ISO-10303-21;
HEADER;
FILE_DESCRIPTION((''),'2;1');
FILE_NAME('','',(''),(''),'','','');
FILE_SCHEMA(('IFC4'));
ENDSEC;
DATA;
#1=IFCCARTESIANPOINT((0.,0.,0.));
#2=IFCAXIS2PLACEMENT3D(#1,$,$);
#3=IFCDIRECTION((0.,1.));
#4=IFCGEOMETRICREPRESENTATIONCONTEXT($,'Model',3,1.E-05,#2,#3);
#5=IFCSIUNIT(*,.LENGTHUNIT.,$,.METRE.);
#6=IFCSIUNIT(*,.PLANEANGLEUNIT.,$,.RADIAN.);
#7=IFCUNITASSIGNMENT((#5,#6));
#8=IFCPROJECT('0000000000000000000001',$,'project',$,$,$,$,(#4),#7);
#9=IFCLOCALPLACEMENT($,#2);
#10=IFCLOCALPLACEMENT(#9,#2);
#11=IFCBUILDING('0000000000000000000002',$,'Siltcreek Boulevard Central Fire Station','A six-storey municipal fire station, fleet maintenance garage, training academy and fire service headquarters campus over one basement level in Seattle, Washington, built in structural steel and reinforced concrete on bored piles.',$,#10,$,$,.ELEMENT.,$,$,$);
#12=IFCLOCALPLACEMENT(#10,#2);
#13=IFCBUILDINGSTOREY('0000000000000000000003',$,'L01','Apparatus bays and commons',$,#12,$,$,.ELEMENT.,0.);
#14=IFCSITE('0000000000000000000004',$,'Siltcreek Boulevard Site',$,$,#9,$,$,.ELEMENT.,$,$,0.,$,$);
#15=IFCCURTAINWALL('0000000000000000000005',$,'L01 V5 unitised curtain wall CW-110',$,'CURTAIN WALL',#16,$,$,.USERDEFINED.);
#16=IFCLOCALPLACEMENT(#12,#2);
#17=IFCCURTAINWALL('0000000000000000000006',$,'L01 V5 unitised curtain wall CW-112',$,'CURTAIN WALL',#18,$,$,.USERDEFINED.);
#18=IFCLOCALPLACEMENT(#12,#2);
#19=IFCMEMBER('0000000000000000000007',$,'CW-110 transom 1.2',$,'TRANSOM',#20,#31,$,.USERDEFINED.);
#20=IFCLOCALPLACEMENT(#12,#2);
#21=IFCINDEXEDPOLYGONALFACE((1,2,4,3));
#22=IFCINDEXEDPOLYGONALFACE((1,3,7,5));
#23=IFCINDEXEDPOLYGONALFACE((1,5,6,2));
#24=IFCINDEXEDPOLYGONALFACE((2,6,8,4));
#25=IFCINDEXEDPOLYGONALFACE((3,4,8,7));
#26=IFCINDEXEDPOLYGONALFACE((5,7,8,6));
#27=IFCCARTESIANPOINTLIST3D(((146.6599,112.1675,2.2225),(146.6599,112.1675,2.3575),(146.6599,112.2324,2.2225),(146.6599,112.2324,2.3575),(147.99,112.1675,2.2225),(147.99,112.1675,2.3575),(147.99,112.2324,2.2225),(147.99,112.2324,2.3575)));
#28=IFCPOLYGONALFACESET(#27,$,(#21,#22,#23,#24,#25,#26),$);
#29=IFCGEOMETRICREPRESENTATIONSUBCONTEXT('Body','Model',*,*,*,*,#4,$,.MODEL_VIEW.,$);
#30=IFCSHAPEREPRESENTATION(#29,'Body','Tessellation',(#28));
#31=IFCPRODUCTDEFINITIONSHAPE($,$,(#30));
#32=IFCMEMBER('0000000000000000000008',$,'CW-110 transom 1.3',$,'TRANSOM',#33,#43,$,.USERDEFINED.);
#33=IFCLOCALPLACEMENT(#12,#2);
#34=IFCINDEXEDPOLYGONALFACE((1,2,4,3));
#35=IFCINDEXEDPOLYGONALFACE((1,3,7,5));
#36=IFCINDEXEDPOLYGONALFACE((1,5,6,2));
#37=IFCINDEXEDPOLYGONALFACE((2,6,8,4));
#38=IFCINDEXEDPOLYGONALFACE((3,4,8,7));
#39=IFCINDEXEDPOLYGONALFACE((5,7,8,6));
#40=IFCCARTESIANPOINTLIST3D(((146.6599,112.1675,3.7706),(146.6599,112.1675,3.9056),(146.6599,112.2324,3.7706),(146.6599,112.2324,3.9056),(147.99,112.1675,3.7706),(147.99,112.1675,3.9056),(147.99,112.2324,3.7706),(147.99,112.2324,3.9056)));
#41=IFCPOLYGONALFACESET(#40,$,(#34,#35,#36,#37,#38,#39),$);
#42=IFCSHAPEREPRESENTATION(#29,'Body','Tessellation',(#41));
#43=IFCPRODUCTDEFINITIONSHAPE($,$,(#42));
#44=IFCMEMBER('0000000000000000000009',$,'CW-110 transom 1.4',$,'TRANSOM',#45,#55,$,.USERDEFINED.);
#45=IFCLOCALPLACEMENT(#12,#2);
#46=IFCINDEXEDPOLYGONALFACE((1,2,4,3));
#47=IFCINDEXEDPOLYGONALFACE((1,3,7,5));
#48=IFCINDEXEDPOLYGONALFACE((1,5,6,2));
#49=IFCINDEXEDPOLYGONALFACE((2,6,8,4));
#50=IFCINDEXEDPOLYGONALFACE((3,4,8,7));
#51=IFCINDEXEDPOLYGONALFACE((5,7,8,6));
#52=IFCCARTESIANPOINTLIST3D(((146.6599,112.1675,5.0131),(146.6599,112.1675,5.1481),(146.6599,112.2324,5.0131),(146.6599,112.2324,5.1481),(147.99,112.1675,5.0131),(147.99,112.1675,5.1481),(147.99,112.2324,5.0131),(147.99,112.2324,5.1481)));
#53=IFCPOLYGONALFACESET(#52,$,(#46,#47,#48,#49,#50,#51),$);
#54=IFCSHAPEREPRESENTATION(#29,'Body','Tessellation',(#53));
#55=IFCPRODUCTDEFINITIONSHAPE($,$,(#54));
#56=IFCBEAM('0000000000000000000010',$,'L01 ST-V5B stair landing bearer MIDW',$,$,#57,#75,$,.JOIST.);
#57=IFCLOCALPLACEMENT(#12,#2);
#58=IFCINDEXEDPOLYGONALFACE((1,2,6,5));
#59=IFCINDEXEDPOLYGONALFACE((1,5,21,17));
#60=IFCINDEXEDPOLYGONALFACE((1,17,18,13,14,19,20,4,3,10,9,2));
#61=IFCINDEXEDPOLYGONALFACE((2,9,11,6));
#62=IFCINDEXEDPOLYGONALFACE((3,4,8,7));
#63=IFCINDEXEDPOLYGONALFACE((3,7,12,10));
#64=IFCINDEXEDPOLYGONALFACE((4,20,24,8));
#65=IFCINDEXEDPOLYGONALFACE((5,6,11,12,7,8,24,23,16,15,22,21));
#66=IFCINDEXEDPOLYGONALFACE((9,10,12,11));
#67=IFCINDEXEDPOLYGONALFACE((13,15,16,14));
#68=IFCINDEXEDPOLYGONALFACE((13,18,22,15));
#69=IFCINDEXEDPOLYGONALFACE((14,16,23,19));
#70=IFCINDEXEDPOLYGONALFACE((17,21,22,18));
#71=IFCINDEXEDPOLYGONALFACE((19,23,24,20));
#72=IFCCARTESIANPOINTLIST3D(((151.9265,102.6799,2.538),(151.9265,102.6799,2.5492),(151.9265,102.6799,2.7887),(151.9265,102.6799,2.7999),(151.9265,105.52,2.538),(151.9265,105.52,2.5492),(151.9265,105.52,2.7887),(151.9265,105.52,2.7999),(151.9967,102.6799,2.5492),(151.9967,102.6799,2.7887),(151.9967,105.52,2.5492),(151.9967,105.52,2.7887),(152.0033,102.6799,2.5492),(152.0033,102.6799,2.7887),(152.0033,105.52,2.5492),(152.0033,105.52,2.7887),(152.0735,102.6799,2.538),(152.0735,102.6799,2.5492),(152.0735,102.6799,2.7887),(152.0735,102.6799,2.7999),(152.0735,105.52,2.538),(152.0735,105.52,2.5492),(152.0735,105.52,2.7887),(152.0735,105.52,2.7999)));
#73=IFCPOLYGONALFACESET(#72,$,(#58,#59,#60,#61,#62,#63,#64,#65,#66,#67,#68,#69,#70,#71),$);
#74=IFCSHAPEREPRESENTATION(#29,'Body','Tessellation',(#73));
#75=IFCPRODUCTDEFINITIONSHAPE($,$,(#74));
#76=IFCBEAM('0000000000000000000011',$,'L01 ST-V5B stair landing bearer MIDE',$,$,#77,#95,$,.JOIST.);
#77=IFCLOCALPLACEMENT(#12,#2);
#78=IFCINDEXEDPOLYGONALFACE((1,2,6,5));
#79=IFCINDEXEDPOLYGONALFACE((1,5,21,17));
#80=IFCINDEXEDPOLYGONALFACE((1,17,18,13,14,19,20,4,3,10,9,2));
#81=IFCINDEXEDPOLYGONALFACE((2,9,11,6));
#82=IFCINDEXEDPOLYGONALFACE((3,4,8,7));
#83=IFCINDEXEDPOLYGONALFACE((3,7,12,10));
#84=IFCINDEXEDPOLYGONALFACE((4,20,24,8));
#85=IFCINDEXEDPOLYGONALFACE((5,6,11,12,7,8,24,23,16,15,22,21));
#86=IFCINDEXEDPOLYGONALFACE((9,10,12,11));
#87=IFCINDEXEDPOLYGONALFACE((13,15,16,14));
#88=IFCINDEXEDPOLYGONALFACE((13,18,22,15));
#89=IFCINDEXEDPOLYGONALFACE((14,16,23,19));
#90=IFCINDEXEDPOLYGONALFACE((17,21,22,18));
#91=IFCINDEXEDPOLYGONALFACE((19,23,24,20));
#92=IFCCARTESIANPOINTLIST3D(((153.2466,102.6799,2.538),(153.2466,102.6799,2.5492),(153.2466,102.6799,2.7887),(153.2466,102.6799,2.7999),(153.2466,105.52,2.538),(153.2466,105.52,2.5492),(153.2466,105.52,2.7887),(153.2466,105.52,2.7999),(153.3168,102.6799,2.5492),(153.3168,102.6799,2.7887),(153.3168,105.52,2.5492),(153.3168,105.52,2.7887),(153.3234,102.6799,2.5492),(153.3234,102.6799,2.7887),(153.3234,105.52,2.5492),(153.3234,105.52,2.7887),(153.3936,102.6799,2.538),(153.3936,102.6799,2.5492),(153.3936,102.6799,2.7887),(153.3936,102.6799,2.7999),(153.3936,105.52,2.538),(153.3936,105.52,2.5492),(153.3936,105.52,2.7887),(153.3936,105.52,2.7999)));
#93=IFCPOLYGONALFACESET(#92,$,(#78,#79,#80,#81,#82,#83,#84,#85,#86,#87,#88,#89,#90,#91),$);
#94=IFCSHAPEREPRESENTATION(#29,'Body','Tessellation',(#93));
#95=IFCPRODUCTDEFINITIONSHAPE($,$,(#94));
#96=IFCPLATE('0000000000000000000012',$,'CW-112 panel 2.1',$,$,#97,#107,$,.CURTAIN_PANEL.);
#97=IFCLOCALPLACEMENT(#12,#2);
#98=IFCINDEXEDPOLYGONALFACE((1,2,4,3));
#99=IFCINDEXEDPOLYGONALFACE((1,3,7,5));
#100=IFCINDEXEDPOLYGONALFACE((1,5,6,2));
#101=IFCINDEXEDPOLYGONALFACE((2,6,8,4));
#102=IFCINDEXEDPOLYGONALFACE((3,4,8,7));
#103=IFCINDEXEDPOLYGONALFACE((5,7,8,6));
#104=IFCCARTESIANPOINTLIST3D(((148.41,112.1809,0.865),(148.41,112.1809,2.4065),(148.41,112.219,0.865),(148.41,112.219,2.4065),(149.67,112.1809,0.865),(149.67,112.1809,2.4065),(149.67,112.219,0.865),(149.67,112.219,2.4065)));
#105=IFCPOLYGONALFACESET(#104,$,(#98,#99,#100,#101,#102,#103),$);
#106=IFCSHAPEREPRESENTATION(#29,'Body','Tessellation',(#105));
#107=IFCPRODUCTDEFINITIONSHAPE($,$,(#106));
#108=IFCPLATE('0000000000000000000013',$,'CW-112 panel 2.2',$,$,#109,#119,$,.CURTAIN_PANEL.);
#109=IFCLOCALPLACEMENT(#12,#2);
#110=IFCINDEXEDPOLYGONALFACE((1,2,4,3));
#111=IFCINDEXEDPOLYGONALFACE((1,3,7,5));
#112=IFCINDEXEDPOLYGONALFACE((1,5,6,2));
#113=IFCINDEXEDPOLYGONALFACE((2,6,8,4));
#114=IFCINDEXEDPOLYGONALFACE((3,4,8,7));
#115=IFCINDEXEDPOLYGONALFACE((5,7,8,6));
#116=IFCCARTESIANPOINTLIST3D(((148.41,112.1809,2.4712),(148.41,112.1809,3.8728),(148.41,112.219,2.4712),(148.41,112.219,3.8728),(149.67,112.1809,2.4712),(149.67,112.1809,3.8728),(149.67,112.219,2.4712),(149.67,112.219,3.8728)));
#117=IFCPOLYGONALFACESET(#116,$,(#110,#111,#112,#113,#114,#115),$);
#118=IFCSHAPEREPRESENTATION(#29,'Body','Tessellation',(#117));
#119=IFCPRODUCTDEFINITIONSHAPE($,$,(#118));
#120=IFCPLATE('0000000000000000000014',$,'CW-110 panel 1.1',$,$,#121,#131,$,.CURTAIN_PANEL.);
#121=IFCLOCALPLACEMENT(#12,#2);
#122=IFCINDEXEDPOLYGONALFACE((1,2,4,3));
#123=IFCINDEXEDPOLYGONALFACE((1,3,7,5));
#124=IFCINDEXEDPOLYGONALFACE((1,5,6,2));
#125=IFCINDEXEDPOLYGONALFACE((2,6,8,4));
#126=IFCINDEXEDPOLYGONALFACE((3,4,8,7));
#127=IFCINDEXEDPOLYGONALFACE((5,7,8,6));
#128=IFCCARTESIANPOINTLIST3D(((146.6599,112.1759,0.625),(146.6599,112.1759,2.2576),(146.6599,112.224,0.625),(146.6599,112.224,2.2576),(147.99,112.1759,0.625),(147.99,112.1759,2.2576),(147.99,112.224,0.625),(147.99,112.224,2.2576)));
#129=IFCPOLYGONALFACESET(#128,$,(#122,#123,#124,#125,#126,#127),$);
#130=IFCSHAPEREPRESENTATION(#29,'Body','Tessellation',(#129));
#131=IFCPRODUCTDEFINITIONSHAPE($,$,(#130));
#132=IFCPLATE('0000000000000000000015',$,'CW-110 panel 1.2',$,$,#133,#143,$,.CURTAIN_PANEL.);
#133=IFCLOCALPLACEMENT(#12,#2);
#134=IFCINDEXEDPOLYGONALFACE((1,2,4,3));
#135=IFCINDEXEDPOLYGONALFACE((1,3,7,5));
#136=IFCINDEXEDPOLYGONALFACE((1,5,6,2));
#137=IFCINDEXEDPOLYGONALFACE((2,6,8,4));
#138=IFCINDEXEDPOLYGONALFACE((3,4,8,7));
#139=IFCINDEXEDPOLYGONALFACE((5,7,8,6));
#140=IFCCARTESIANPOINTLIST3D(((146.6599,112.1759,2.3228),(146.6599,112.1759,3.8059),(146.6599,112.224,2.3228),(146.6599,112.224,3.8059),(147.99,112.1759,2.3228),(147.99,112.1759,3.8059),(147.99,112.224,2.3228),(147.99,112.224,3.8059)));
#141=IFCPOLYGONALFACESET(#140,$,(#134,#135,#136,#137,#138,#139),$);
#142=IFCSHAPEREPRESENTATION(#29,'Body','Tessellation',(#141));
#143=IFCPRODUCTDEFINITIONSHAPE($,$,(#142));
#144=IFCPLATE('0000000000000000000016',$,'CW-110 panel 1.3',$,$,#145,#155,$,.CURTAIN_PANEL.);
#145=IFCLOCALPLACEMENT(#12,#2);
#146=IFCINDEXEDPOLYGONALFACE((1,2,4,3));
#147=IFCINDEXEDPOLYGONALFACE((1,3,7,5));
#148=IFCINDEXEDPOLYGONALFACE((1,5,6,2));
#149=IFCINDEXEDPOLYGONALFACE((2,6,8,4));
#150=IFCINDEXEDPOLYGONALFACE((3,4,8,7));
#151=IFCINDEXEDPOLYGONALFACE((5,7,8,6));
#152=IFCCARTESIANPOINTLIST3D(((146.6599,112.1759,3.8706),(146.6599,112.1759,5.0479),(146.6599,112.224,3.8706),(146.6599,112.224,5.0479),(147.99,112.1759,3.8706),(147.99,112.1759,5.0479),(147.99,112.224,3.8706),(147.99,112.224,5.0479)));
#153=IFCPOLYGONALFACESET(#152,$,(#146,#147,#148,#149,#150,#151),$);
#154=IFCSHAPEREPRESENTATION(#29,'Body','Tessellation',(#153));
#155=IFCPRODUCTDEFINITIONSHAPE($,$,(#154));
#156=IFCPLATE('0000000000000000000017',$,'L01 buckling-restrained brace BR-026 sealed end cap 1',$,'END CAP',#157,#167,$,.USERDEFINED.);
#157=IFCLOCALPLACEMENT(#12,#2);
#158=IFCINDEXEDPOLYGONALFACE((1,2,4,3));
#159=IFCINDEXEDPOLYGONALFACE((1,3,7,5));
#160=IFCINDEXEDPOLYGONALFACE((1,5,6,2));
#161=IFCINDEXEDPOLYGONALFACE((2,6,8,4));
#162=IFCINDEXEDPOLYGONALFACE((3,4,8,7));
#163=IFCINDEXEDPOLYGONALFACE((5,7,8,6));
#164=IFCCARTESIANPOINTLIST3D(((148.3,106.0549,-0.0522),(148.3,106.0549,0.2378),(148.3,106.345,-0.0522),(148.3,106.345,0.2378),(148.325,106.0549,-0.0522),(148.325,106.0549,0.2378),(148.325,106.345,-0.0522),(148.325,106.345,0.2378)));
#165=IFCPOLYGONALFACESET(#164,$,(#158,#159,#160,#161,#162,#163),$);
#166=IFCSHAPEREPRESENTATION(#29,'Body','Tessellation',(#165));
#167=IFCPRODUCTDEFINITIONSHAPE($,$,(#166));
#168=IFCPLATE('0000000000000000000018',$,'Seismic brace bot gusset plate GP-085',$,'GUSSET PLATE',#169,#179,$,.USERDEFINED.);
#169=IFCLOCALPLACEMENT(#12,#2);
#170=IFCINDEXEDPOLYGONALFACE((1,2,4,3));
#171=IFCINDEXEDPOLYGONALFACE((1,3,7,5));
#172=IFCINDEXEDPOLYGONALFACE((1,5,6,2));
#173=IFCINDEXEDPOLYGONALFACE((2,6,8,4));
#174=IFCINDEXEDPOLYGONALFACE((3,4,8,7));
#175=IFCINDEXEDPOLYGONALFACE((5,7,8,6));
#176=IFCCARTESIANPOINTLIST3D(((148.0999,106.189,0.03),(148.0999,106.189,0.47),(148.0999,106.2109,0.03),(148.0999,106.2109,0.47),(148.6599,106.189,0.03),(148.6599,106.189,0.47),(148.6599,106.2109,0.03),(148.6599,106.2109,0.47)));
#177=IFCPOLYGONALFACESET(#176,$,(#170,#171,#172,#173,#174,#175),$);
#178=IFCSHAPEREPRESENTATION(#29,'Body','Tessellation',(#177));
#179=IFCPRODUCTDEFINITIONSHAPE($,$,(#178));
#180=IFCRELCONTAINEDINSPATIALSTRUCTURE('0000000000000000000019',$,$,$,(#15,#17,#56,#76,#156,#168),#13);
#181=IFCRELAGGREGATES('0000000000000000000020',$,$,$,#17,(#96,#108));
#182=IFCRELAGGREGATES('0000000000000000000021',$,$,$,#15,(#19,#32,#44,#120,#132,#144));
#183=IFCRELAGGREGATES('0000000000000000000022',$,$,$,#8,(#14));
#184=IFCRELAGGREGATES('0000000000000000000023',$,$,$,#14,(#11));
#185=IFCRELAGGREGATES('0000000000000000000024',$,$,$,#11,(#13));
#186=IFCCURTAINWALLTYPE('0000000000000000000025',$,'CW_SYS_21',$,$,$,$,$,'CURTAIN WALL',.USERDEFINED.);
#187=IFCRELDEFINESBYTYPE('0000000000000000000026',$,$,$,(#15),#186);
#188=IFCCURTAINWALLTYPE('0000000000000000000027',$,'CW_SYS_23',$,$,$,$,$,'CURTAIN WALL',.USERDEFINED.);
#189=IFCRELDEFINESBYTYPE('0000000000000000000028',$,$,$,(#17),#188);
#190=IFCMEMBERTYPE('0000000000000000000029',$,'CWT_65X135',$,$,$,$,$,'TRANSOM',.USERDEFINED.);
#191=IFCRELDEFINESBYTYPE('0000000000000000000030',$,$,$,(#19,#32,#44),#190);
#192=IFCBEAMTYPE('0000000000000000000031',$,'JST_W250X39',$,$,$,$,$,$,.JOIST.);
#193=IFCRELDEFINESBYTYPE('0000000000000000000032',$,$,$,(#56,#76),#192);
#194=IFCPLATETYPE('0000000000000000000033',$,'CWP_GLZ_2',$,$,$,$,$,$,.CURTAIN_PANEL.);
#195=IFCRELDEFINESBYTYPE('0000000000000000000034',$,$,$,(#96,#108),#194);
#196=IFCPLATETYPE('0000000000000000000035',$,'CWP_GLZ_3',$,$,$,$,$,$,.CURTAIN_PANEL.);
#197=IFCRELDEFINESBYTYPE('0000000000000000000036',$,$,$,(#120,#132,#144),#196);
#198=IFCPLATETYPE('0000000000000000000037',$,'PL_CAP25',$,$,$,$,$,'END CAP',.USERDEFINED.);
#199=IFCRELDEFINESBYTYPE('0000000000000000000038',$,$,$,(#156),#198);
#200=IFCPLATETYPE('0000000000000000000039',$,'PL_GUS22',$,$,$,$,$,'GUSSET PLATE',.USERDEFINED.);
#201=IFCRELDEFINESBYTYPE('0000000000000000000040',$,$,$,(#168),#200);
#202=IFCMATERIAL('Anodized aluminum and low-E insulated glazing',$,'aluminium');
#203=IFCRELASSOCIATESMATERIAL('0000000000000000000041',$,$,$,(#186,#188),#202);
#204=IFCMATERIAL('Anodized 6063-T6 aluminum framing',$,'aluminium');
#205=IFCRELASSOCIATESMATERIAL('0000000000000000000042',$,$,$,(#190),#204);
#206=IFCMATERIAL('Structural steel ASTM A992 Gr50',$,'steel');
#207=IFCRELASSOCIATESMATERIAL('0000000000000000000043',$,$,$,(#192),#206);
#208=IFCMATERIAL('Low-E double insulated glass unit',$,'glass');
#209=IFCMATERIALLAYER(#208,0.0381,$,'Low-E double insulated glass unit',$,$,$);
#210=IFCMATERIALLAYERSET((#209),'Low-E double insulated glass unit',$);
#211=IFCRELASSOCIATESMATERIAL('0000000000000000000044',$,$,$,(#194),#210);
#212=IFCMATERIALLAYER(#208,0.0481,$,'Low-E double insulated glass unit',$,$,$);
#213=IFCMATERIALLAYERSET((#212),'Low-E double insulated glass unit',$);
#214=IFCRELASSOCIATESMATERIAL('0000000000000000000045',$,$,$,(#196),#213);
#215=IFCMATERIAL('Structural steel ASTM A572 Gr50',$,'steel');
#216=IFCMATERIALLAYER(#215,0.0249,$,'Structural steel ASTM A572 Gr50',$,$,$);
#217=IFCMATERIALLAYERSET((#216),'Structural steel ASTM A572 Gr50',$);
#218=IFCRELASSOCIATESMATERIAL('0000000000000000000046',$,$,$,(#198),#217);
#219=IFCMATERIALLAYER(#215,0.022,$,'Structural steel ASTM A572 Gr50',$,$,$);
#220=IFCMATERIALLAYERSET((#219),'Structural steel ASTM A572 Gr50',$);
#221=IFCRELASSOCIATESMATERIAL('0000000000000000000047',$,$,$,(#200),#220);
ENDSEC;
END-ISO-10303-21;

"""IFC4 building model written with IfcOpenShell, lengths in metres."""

from ifc_helpers import new_model, si_unit, direction, frame, origin, origin_2d, place, context, subcontext, project, spatial, rectangle, i_section, extrude, material, layer, layer_set, material_profile, profile_set, type_object, element, aggregate, save


model = new_model("IFC4")

# Units and contexts
model_context = context("Model", 3, precision=1e-05, world=origin(), true_north=direction((0.0, 1.0)))
body_context = subcontext(model_context, "Body", "Model", "MODEL_VIEW")
ifc_project = project(units=[si_unit("LENGTHUNIT", "METRE"), si_unit("PLANEANGLEUNIT", "RADIAN")], contexts=[model_context])

# Site, building, storey
site_placement = place(None, origin())
site = spatial("IfcSite", under=ifc_project, at=site_placement, Name="Siltcreek Boulevard Site", CompositionType="ELEMENT", RefElevation=0.0)
building_placement = place(site_placement, origin())
building = spatial("IfcBuilding", under=site, at=building_placement, Name="Siltcreek Boulevard Central Fire Station", Description="A six-storey municipal fire station, fleet maintenance garage, training academy and fire service headquarters campus over one basement level in Seattle, Washington, built in structural steel and reinforced concrete on bored piles.", CompositionType="ELEMENT")
storey_placement = place(building_placement, origin())
storey = spatial("IfcBuildingStorey", under=building, at=storey_placement, Name="L01", Description="Apparatus bays and commons", CompositionType="ELEMENT", Elevation=0.0)

# Shared definitions
ifc_material_1 = material(Name="Structural steel ASTM A992 Gr50", Category="steel")

# Curtain walls
ifc_material_2 = material(Name="Anodized aluminum and low-E insulated glazing", Category="aluminium")
curtain_wall_type_1 = type_object("IfcCurtainWallType", Name="CW_SYS_21", ElementType="CURTAIN WALL", PredefinedType="USERDEFINED", material=ifc_material_2)
curtain_wall_1_placement = place(storey_placement, origin())
curtain_wall_1 = element("IfcCurtainWall", 1, at=curtain_wall_1_placement, inside=storey, type_object=curtain_wall_type_1, Name="L01 V5 unitised curtain wall CW-110", ObjectType="CURTAIN WALL", PredefinedType="USERDEFINED")
ifc_material_3 = material(Name="Anodized 6063-T6 aluminum framing", Category="aluminium")
curtain_wall_type_2 = type_object("IfcCurtainWallType", Name="CW_SYS_23", ElementType="CURTAIN WALL", PredefinedType="USERDEFINED", material=ifc_material_2)
curtain_wall_2_placement = place(storey_placement, origin())
curtain_wall_2 = element("IfcCurtainWall", 2, at=curtain_wall_2_placement, inside=storey, type_object=curtain_wall_type_2, Name="L01 V5 unitised curtain wall CW-112", ObjectType="CURTAIN WALL", PredefinedType="USERDEFINED")

# Members
ifc_material_profile_1 = material_profile(ifc_material_3, rectangle(XDim=0.0649, YDim=0.135, at=origin_2d()), Name="TRAN65X135")
ifc_profile_set_1 = profile_set([ifc_material_profile_1], Name="Anodized 6063-T6 aluminum framing")
member_type_1 = type_object("IfcMemberType", Name="CWT_65X135", ElementType="TRANSOM", PredefinedType="USERDEFINED", material=ifc_profile_set_1)
member_1_placement = place(storey_placement, frame((147.99, 112.2, 2.29), z_axis=(-1.0, 0.0, 0.0), x_axis=(0.0, -1.0, 0.0)))
member_1 = element("IfcMember", 3, at=member_1_placement, type_object=member_type_1, Name="CW-110 transom 1.2", ObjectType="TRANSOM", PredefinedType="USERDEFINED", context=body_context, shape_type="SweptSolid", body=[
    extrude(rectangle(XDim=0.0649, YDim=0.135, at=origin_2d()), origin(), (0.0, 0.0, 1.0), 1.3301),
])
member_2_placement = place(storey_placement, frame((147.99, 112.2, 3.8381), z_axis=(-1.0, 0.0, 0.0), x_axis=(0.0, -1.0, 0.0)))
member_2 = element("IfcMember", 4, at=member_2_placement, type_object=member_type_1, Name="CW-110 transom 1.3", ObjectType="TRANSOM", PredefinedType="USERDEFINED", context=body_context, shape_type="SweptSolid", body=[
    extrude(rectangle(XDim=0.0649, YDim=0.135, at=origin_2d()), origin(), (0.0, 0.0, 1.0), 1.3301),
])
member_3_placement = place(storey_placement, frame((147.99, 112.2, 5.0806), z_axis=(-1.0, 0.0, 0.0), x_axis=(0.0, -1.0, 0.0)))
member_3 = element("IfcMember", 5, at=member_3_placement, type_object=member_type_1, Name="CW-110 transom 1.4", ObjectType="TRANSOM", PredefinedType="USERDEFINED", context=body_context, shape_type="SweptSolid", body=[
    extrude(rectangle(XDim=0.0649, YDim=0.135, at=origin_2d()), origin(), (0.0, 0.0, 1.0), 1.3301),
])

# Beams
ifc_material_profile_2 = material_profile(ifc_material_1, i_section(OverallWidth=0.147, OverallDepth=0.262, WebThickness=0.0066, FlangeThickness=0.0112, at=origin_2d()), Name="W250X39")
ifc_profile_set_2 = profile_set([ifc_material_profile_2], Name="Structural steel ASTM A992 Gr50")
beam_type = type_object("IfcBeamType", Name="JST_W250X39", PredefinedType="JOIST", material=ifc_profile_set_2)
for number, where, z_axis, x_axis, name in (
    (6, (152.0, 102.6799, 2.6689), (0.0, 1.0, 0.0), (-1.0, 0.0, 0.0), "L01 ST-V5B stair landing bearer MIDW"),
    (7, (153.3201, 102.6799, 2.6689), (0.0, 1.0, 0.0), (-1.0, 0.0, 0.0), "L01 ST-V5B stair landing bearer MIDE"),
):
    element("IfcBeam", number, at=place(storey_placement, frame(where, z_axis=z_axis, x_axis=x_axis)), inside=storey, type_object=beam_type, Name=name, PredefinedType="JOIST", context=body_context, shape_type="SweptSolid", body=[
        extrude(i_section(OverallWidth=0.147, OverallDepth=0.262, WebThickness=0.0066, FlangeThickness=0.0112, at=origin_2d()), origin(), (0.0, 0.0, 1.0), 2.8401),
    ])

# Plates
ifc_material_4 = material(Name="Low-E double insulated glass unit", Category="glass")
ifc_layer_1 = layer(ifc_material_4, 0.0381, Name="Low-E double insulated glass unit")
ifc_layer_set_1 = layer_set([ifc_layer_1], Name="Low-E double insulated glass unit")
plate_type_1 = type_object("IfcPlateType", Name="CWP_GLZ_2", PredefinedType="CURTAIN_PANEL", material=ifc_layer_set_1)
plate_1_placement = place(storey_placement, frame((149.04, 112.2, 0.865), z_axis=(0.0, 0.0, 1.0), x_axis=(-1.0, 0.0, 0.0)))
plate_1 = element("IfcPlate", 8, at=plate_1_placement, type_object=plate_type_1, Name="CW-112 panel 2.1", PredefinedType="CURTAIN_PANEL", context=body_context, shape_type="SweptSolid", body=[
    extrude(rectangle(XDim=1.26, YDim=0.0381, at=origin_2d()), origin(), (0.0, 0.0, 1.0), 1.5415),
])
plate_2_placement = place(storey_placement, frame((149.04, 112.2, 2.4712), z_axis=(0.0, 0.0, 1.0), x_axis=(-1.0, 0.0, 0.0)))
plate_2 = element("IfcPlate", 9, at=plate_2_placement, type_object=plate_type_1, Name="CW-112 panel 2.2", PredefinedType="CURTAIN_PANEL", context=body_context, shape_type="SweptSolid", body=[
    extrude(rectangle(XDim=1.26, YDim=0.0381, at=origin_2d()), origin(), (0.0, 0.0, 1.0), 1.4016),
])
aggregate(curtain_wall_2, [plate_1, plate_2])
ifc_layer_2 = layer(ifc_material_4, 0.0481, Name="Low-E double insulated glass unit")
ifc_layer_set_2 = layer_set([ifc_layer_2], Name="Low-E double insulated glass unit")
plate_type_2 = type_object("IfcPlateType", Name="CWP_GLZ_3", PredefinedType="CURTAIN_PANEL", material=ifc_layer_set_2)
plate_3_placement = place(storey_placement, frame((147.325, 112.2, 0.625), z_axis=(0.0, 0.0, 1.0), x_axis=(-1.0, 0.0, 0.0)))
plate_3 = element("IfcPlate", 10, at=plate_3_placement, type_object=plate_type_2, Name="CW-110 panel 1.1", PredefinedType="CURTAIN_PANEL", context=body_context, shape_type="SweptSolid", body=[
    extrude(rectangle(XDim=1.3301, YDim=0.0481, at=origin_2d()), origin(), (0.0, 0.0, 1.0), 1.6326),
])
plate_4_placement = place(storey_placement, frame((147.325, 112.2, 2.3228), z_axis=(0.0, 0.0, 1.0), x_axis=(-1.0, 0.0, 0.0)))
plate_4 = element("IfcPlate", 11, at=plate_4_placement, type_object=plate_type_2, Name="CW-110 panel 1.2", PredefinedType="CURTAIN_PANEL", context=body_context, shape_type="SweptSolid", body=[
    extrude(rectangle(XDim=1.3301, YDim=0.0481, at=origin_2d()), origin(), (0.0, 0.0, 1.0), 1.4832),
])
plate_5_placement = place(storey_placement, frame((147.325, 112.2, 3.8706), z_axis=(0.0, 0.0, 1.0), x_axis=(-1.0, 0.0, 0.0)))
plate_5 = element("IfcPlate", 12, at=plate_5_placement, type_object=plate_type_2, Name="CW-110 panel 1.3", PredefinedType="CURTAIN_PANEL", context=body_context, shape_type="SweptSolid", body=[
    extrude(rectangle(XDim=1.3301, YDim=0.0481, at=origin_2d()), origin(), (0.0, 0.0, 1.0), 1.1772),
])
aggregate(curtain_wall_1, [member_1, member_2, member_3, plate_3, plate_4, plate_5])

# Plates
ifc_material_5 = material(Name="Structural steel ASTM A572 Gr50", Category="steel")
ifc_layer_3 = layer(ifc_material_5, 0.0249, Name="Structural steel ASTM A572 Gr50")
ifc_layer_set_3 = layer_set([ifc_layer_3], Name="Structural steel ASTM A572 Gr50")
plate_type_3 = type_object("IfcPlateType", Name="PL_CAP25", ElementType="END CAP", PredefinedType="USERDEFINED", material=ifc_layer_set_3)
plate_6_placement = place(storey_placement, frame((148.3125, 106.2, -0.0522), z_axis=(0.0, 0.0, 1.0), x_axis=(1.0, 0.0, 0.0)))
element("IfcPlate", 13, at=plate_6_placement, inside=storey, type_object=plate_type_3, Name="L01 buckling-restrained brace BR-026 sealed end cap 1", ObjectType="END CAP", PredefinedType="USERDEFINED", context=body_context, shape_type="SweptSolid", body=[
    extrude(rectangle(XDim=0.0249, YDim=0.29, at=origin_2d()), origin(), (0.0, 0.0, 1.0), 0.29),
])
ifc_layer_4 = layer(ifc_material_5, 0.022, Name="Structural steel ASTM A572 Gr50")
ifc_layer_set_4 = layer_set([ifc_layer_4], Name="Structural steel ASTM A572 Gr50")
plate_type_4 = type_object("IfcPlateType", Name="PL_GUS22", ElementType="GUSSET PLATE", PredefinedType="USERDEFINED", material=ifc_layer_set_4)
plate_7_placement = place(storey_placement, frame((148.3799, 106.2, 0.03), z_axis=(0.0, 0.0, 1.0), x_axis=(1.0, 0.0, 0.0)))
element("IfcPlate", 14, at=plate_7_placement, inside=storey, type_object=plate_type_4, Name="Seismic brace bot gusset plate GP-085", ObjectType="GUSSET PLATE", PredefinedType="USERDEFINED", context=body_context, shape_type="SweptSolid", body=[
    extrude(rectangle(XDim=0.5601, YDim=0.022, at=origin_2d()), origin(), (0.0, 0.0, 1.0), 0.4399),
])

save(model, "model.ifc")
